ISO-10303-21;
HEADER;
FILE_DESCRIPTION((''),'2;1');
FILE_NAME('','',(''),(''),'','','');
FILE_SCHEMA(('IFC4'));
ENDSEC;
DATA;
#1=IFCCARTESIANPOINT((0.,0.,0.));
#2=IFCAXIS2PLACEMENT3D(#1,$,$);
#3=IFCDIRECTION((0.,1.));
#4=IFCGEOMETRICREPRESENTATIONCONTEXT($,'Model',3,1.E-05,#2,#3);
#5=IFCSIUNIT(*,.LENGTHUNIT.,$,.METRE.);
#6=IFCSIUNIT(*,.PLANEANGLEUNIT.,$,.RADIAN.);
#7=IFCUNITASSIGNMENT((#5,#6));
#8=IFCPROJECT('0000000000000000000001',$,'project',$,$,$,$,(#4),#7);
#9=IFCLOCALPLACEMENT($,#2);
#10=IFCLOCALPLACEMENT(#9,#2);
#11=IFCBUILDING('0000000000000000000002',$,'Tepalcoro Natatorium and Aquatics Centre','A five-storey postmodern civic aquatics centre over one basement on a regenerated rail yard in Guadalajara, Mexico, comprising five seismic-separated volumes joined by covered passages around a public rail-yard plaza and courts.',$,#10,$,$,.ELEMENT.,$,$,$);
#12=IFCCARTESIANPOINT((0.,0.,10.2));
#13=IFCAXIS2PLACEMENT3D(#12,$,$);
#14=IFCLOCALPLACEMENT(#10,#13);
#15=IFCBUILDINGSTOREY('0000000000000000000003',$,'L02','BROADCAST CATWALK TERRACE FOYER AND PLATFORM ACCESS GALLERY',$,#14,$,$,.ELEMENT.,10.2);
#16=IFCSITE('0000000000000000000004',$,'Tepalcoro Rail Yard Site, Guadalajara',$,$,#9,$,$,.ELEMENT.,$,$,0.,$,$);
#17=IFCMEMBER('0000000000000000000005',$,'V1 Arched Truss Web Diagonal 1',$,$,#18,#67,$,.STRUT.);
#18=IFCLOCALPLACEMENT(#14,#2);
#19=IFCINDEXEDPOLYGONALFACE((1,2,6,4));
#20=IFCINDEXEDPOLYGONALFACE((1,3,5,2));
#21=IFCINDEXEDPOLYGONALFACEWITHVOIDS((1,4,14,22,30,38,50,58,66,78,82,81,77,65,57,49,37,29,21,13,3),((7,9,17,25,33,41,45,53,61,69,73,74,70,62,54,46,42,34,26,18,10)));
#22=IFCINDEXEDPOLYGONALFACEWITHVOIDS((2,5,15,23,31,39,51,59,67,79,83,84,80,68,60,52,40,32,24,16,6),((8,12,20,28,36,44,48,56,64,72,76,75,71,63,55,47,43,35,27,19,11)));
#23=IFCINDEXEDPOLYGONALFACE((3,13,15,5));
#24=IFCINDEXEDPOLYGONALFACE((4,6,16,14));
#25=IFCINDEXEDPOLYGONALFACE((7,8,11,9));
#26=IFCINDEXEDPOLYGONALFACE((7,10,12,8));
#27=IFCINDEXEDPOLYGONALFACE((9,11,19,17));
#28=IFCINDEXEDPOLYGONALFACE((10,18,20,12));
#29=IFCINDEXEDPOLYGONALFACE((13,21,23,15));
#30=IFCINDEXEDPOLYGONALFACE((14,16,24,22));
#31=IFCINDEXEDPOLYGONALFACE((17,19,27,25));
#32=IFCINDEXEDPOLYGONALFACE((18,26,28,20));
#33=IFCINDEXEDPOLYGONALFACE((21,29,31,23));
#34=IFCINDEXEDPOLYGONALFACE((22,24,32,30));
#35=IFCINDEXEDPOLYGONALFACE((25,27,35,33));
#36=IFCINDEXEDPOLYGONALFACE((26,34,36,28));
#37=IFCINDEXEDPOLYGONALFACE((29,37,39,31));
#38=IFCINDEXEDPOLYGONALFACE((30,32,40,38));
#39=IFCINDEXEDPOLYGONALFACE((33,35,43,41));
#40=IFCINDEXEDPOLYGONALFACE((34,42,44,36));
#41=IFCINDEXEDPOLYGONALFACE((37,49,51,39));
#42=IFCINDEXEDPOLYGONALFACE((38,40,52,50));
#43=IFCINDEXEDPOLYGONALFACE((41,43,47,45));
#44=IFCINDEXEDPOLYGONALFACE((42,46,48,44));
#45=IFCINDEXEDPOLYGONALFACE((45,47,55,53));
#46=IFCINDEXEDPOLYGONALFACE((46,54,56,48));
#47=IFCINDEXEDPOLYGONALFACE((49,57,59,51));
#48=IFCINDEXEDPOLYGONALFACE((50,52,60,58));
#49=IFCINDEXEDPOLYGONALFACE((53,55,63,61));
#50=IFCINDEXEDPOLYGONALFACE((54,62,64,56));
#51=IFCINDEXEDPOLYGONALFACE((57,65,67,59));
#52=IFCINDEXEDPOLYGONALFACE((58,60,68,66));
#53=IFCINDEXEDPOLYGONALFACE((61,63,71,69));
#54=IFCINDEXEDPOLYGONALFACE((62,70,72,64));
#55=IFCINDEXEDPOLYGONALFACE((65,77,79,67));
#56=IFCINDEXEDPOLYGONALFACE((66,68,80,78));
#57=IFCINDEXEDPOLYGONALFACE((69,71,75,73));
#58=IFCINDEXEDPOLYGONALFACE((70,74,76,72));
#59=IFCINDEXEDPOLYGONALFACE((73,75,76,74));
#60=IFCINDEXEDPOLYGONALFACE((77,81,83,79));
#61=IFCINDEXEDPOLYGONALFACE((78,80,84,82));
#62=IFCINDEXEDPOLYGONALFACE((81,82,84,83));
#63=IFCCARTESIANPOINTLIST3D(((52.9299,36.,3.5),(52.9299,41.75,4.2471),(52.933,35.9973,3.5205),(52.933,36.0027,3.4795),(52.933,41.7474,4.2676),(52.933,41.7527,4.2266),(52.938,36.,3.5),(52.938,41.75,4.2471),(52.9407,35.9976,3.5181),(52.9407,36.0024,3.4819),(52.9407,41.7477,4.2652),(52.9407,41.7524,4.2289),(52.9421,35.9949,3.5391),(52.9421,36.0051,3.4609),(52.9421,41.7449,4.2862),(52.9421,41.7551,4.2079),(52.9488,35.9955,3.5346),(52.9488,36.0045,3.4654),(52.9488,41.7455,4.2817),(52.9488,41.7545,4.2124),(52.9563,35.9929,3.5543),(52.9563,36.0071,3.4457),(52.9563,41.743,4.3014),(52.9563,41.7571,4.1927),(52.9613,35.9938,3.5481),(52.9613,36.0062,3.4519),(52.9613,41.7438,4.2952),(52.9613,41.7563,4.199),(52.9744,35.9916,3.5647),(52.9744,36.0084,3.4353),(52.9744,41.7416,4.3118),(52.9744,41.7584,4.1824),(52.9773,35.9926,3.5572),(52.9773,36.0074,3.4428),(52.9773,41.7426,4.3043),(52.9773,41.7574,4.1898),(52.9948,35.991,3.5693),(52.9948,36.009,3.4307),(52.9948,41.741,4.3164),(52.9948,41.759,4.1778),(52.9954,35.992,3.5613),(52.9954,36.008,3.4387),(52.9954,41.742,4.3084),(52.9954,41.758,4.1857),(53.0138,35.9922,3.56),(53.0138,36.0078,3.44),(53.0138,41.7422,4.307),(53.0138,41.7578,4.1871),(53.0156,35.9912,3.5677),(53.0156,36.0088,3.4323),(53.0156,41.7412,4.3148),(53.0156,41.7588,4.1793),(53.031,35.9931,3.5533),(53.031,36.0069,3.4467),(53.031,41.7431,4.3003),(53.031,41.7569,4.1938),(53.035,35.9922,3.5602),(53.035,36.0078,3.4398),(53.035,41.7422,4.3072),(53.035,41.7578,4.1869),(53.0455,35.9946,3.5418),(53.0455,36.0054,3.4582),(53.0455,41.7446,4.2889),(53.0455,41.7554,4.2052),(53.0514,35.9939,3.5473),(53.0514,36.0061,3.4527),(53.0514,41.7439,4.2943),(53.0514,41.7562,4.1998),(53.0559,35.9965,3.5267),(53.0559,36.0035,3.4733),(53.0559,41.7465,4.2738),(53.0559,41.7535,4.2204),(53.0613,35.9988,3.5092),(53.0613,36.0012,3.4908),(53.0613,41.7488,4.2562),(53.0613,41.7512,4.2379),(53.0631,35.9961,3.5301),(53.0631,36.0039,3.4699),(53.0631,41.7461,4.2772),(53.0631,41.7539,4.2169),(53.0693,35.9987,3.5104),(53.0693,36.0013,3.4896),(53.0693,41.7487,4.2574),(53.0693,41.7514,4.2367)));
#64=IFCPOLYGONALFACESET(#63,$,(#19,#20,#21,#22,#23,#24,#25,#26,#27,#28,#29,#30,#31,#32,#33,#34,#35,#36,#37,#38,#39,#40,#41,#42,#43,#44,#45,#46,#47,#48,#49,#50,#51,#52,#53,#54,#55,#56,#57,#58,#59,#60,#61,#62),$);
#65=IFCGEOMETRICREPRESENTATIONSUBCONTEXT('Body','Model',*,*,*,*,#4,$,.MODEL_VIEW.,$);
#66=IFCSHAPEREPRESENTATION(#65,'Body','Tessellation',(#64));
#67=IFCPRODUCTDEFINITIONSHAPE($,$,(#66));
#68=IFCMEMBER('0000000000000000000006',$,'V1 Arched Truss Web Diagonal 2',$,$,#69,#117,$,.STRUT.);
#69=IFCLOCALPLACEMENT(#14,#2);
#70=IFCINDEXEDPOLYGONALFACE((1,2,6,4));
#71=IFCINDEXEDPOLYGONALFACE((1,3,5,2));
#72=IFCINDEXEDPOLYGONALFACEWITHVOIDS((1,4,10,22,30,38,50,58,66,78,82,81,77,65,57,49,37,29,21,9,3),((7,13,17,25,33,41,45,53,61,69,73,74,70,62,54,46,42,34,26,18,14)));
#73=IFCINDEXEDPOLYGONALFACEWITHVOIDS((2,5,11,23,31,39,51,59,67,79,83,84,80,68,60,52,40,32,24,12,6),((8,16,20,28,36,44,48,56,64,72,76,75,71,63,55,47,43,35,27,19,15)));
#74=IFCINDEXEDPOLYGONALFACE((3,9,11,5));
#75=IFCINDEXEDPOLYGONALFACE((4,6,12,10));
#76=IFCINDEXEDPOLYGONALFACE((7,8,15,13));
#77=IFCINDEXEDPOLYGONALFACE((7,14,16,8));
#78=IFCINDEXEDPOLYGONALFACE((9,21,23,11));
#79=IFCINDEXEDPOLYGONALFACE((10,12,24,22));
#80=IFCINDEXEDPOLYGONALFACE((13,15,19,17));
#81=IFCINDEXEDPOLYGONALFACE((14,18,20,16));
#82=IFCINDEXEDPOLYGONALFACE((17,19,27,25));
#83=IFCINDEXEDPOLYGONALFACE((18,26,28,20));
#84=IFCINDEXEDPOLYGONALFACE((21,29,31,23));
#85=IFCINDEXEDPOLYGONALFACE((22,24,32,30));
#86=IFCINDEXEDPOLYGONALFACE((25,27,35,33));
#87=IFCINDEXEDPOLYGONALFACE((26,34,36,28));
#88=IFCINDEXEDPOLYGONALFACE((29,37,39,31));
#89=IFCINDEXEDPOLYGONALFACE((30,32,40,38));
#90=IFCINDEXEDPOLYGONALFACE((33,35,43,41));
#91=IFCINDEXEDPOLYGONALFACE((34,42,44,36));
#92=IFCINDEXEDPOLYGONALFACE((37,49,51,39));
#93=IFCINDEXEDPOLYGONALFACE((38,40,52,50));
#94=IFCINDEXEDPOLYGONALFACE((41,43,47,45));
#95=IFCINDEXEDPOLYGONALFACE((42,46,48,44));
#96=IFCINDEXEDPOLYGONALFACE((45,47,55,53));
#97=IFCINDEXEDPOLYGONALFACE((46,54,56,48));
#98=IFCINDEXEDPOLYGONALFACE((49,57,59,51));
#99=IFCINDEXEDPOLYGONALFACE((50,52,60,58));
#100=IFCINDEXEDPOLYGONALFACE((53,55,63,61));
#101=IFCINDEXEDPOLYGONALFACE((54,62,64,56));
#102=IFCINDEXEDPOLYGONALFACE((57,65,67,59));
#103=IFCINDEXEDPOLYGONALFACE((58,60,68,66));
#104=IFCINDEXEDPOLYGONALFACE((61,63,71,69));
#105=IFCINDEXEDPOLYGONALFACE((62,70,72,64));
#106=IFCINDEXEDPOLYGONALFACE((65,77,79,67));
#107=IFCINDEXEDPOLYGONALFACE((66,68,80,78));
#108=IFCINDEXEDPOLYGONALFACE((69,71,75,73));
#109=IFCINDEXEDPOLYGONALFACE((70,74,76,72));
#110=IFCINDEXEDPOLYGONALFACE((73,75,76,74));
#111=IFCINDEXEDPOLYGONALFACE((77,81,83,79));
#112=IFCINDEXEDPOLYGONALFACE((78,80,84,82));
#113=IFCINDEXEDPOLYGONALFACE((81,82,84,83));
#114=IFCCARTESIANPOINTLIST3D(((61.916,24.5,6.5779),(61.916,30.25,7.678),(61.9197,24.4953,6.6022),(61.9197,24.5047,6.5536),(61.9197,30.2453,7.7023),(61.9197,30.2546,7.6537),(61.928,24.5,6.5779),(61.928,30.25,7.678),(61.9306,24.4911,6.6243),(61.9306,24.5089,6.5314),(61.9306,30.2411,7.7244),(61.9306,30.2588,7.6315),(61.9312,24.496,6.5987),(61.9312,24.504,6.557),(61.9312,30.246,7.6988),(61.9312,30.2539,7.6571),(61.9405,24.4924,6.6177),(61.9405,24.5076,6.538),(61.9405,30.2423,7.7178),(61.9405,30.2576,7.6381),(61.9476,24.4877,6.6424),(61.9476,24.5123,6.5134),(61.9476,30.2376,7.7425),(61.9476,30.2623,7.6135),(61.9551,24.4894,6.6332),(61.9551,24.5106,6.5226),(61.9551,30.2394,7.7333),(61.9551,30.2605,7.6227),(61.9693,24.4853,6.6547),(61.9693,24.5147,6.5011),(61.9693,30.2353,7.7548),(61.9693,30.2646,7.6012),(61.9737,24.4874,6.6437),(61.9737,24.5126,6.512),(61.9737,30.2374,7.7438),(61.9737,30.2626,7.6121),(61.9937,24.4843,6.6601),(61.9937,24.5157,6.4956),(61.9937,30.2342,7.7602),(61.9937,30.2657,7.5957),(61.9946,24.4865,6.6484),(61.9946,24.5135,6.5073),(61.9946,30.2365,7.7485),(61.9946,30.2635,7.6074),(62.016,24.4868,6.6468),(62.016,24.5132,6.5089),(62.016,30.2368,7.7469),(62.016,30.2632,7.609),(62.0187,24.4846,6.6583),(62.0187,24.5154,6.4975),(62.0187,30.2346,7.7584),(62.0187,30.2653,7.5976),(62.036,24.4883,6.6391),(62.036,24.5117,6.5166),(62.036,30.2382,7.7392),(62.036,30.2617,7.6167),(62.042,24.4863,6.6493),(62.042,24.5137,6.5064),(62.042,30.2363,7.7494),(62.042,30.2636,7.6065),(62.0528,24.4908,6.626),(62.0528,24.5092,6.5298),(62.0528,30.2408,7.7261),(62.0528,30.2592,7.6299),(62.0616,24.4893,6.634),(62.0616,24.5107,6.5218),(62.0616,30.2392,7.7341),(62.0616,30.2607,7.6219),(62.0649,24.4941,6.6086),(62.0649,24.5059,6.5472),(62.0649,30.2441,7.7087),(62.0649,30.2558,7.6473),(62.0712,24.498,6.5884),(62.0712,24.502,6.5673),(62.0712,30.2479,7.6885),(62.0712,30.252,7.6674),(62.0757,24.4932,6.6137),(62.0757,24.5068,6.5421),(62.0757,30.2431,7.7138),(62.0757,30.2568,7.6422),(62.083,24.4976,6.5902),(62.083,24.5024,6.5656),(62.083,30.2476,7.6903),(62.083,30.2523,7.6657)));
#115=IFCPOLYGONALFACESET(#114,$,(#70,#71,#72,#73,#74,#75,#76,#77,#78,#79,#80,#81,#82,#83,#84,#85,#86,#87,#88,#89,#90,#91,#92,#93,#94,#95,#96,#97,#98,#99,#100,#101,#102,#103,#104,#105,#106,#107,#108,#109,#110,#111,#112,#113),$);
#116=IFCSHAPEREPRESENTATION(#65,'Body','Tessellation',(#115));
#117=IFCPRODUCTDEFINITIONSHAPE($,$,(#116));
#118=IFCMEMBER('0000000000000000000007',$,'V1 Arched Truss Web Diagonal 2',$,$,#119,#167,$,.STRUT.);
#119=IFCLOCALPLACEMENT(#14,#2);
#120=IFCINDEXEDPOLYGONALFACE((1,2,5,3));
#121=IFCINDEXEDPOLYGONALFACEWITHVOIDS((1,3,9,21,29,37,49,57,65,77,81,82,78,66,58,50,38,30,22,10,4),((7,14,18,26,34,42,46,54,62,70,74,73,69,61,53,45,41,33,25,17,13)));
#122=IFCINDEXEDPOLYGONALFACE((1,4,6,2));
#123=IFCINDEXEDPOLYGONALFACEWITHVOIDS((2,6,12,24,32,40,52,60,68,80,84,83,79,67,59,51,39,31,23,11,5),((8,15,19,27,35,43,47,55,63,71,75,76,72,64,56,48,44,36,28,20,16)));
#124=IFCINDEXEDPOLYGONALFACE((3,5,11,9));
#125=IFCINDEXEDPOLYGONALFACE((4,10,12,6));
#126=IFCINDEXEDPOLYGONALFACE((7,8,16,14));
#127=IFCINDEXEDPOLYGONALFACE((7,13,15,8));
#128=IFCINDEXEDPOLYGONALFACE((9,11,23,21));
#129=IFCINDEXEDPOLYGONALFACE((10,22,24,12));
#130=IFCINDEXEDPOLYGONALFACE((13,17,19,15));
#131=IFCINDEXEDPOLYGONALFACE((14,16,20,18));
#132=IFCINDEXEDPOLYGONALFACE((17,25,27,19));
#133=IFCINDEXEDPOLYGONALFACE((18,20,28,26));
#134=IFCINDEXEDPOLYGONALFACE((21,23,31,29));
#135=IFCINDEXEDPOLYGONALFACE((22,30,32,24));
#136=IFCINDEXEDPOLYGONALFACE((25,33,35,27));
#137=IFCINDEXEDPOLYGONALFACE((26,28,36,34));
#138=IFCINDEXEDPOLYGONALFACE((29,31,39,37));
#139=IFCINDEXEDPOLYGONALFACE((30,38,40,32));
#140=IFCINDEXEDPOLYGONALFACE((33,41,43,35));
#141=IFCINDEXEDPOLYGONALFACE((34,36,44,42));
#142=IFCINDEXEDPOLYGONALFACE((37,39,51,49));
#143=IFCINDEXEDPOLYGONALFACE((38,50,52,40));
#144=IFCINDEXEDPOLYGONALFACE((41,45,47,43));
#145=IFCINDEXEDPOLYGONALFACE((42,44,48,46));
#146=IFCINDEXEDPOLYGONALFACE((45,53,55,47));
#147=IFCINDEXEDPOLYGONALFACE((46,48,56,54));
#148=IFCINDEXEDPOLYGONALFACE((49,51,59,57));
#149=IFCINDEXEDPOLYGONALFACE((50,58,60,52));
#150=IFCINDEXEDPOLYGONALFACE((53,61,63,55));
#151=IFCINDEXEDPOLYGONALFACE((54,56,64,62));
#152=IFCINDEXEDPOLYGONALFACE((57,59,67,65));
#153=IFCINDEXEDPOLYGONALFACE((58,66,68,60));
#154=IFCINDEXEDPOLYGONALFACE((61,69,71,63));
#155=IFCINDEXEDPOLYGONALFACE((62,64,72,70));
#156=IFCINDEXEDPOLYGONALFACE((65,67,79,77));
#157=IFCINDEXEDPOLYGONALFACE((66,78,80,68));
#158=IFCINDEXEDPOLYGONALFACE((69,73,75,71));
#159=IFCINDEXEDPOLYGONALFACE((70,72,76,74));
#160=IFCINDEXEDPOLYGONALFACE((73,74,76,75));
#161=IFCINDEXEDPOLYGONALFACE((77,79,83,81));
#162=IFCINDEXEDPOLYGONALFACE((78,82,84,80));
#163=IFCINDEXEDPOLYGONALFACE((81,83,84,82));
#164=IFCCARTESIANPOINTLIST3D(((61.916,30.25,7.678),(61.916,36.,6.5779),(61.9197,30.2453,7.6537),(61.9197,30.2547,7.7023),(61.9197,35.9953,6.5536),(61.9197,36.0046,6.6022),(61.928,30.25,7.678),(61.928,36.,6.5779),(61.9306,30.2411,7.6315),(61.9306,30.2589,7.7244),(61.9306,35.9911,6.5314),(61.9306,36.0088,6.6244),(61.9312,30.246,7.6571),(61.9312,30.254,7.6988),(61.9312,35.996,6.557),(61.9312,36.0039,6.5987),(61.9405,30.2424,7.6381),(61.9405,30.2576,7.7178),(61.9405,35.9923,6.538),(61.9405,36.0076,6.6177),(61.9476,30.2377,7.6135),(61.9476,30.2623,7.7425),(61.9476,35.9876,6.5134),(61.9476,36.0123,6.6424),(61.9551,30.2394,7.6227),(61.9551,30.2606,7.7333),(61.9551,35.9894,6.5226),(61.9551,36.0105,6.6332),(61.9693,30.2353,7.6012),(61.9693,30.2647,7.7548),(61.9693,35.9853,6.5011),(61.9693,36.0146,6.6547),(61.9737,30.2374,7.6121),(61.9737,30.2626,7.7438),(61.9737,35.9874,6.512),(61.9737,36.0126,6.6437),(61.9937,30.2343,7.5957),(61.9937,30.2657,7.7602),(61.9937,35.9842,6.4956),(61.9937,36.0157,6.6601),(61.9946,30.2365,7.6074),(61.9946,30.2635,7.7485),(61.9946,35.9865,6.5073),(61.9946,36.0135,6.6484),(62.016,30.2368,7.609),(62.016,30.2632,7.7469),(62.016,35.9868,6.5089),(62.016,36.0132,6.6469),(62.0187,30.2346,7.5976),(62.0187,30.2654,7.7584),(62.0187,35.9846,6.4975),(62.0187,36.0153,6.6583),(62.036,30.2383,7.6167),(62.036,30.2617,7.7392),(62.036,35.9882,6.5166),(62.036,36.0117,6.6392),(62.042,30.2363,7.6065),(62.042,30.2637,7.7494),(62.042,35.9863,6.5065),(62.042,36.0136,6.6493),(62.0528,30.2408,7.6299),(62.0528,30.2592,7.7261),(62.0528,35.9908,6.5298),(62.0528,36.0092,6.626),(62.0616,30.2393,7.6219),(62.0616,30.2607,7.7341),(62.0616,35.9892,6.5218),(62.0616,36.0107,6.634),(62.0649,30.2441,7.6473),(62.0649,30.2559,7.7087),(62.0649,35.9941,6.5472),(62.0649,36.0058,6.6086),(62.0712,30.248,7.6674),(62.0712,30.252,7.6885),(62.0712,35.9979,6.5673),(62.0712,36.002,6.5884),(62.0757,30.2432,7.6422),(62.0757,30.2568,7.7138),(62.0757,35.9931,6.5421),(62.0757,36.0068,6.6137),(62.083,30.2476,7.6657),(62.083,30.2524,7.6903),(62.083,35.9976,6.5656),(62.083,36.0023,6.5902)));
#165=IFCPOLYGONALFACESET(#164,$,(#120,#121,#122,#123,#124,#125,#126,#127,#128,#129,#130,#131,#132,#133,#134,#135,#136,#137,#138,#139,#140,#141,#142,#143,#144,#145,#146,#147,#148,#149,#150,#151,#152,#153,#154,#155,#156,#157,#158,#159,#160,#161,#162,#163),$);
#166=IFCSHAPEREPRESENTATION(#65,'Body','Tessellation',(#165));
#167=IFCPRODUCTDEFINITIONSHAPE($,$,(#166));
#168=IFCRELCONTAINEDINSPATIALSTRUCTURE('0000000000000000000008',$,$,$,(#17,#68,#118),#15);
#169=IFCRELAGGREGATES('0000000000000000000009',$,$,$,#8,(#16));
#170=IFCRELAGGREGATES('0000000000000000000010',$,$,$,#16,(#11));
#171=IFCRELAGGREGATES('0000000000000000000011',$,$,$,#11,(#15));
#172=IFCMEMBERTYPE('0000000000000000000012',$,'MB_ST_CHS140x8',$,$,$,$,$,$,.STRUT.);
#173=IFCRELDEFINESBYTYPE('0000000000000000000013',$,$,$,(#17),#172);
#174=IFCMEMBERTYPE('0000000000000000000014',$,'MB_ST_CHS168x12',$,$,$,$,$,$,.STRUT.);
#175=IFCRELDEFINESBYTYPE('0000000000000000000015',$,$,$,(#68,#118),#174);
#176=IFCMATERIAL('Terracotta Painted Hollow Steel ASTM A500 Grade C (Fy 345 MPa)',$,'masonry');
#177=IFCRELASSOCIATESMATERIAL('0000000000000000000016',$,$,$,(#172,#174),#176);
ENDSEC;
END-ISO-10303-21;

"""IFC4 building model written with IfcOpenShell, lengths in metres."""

from ifc_helpers import new_model, si_unit, direction, frame, origin, origin_2d, place, context, subcontext, project, spatial, hollow_circle, extrude, material, material_profile, profile_set, type_object, element, save


model = new_model("IFC4")

# Units and contexts
model_context = context("Model", 3, precision=1e-05, world=origin(), true_north=direction((0.0, 1.0)))
body_context = subcontext(model_context, "Body", "Model", "MODEL_VIEW")
ifc_project = project(units=[si_unit("LENGTHUNIT", "METRE"), si_unit("PLANEANGLEUNIT", "RADIAN")], contexts=[model_context])

# Site, building, storey
site_placement = place(None, origin())
site = spatial("IfcSite", under=ifc_project, at=site_placement, Name="Tepalcoro Rail Yard Site, Guadalajara", CompositionType="ELEMENT", RefElevation=0.0)
building_placement = place(site_placement, origin())
building = spatial("IfcBuilding", under=site, at=building_placement, Name="Tepalcoro Natatorium and Aquatics Centre", Description="A five-storey postmodern civic aquatics centre over one basement on a regenerated rail yard in Guadalajara, Mexico, comprising five seismic-separated volumes joined by covered passages around a public rail-yard plaza and courts.", CompositionType="ELEMENT")
storey_placement = place(building_placement, frame((0.0, 0.0, 10.2)))
storey = spatial("IfcBuildingStorey", under=building, at=storey_placement, Name="L02", Description="BROADCAST CATWALK TERRACE FOYER AND PLATFORM ACCESS GALLERY", CompositionType="ELEMENT", Elevation=10.2)

# Shared definitions
ifc_material_1 = material(Name="Terracotta Painted Hollow Steel ASTM A500 Grade C (Fy 345 MPa)", Category="masonry")

# Members
ifc_material_profile_1 = material_profile(ifc_material_1, hollow_circle(Radius=0.0701, WallThickness=0.0081, at=origin_2d()), Name="CHS140X8")
ifc_profile_set_1 = profile_set([ifc_material_profile_1], Name="Terracotta Painted Hollow Steel ASTM A500 Grade C (Fy 345 MPa)")
member_type_1 = type_object("IfcMemberType", Name="MB_ST_CHS140x8", PredefinedType="STRUT", material=ifc_profile_set_1)
for number, where, z_axis, x_axis, name in (
    (1, (53.0, 36.0, 3.5), (0.0, 0.991665, 0.128842), (-1.0, 0.0, 0.0), "V1 Arched Truss Web Diagonal 1"),
):
    element("IfcMember", number, at=place(storey_placement, frame(where, z_axis=z_axis, x_axis=x_axis)), inside=storey, type_object=member_type_1, Name=name, PredefinedType="STRUT", context=body_context, shape_type="SweptSolid", body=[
        extrude(hollow_circle(Radius=0.0701, WallThickness=0.0081, at=origin_2d()), origin(), (0.0, 0.0, 1.0), 5.7983),
    ])
ifc_material_profile_2 = material_profile(ifc_material_1, hollow_circle(Radius=0.084, WallThickness=0.012, at=origin_2d()), Name="CHS168X12")
ifc_profile_set_2 = profile_set([ifc_material_profile_2], Name="Terracotta Painted Hollow Steel ASTM A500 Grade C (Fy 345 MPa)")
member_type_2 = type_object("IfcMemberType", Name="MB_ST_CHS168x12", PredefinedType="STRUT", material=ifc_profile_set_2)
for number, where, z_axis, x_axis, name in (
    (2, (62.0, 24.5, 6.5779), (0.0, 0.982186, 0.187913), (-1.0, 0.0, 0.0), "V1 Arched Truss Web Diagonal 2"),
    (3, (62.0, 30.25, 7.678), (0.0, 0.982186, -0.187913), (-1.0, 0.0, 0.0), "V1 Arched Truss Web Diagonal 2"),
):
    element("IfcMember", number, at=place(storey_placement, frame(where, z_axis=z_axis, x_axis=x_axis)), inside=storey, type_object=member_type_2, Name=name, PredefinedType="STRUT", context=body_context, shape_type="SweptSolid", body=[
        extrude(hollow_circle(Radius=0.084, WallThickness=0.012, at=origin_2d()), origin(), (0.0, 0.0, 1.0), 5.8542),
    ])

save(model, "model.ifc")
